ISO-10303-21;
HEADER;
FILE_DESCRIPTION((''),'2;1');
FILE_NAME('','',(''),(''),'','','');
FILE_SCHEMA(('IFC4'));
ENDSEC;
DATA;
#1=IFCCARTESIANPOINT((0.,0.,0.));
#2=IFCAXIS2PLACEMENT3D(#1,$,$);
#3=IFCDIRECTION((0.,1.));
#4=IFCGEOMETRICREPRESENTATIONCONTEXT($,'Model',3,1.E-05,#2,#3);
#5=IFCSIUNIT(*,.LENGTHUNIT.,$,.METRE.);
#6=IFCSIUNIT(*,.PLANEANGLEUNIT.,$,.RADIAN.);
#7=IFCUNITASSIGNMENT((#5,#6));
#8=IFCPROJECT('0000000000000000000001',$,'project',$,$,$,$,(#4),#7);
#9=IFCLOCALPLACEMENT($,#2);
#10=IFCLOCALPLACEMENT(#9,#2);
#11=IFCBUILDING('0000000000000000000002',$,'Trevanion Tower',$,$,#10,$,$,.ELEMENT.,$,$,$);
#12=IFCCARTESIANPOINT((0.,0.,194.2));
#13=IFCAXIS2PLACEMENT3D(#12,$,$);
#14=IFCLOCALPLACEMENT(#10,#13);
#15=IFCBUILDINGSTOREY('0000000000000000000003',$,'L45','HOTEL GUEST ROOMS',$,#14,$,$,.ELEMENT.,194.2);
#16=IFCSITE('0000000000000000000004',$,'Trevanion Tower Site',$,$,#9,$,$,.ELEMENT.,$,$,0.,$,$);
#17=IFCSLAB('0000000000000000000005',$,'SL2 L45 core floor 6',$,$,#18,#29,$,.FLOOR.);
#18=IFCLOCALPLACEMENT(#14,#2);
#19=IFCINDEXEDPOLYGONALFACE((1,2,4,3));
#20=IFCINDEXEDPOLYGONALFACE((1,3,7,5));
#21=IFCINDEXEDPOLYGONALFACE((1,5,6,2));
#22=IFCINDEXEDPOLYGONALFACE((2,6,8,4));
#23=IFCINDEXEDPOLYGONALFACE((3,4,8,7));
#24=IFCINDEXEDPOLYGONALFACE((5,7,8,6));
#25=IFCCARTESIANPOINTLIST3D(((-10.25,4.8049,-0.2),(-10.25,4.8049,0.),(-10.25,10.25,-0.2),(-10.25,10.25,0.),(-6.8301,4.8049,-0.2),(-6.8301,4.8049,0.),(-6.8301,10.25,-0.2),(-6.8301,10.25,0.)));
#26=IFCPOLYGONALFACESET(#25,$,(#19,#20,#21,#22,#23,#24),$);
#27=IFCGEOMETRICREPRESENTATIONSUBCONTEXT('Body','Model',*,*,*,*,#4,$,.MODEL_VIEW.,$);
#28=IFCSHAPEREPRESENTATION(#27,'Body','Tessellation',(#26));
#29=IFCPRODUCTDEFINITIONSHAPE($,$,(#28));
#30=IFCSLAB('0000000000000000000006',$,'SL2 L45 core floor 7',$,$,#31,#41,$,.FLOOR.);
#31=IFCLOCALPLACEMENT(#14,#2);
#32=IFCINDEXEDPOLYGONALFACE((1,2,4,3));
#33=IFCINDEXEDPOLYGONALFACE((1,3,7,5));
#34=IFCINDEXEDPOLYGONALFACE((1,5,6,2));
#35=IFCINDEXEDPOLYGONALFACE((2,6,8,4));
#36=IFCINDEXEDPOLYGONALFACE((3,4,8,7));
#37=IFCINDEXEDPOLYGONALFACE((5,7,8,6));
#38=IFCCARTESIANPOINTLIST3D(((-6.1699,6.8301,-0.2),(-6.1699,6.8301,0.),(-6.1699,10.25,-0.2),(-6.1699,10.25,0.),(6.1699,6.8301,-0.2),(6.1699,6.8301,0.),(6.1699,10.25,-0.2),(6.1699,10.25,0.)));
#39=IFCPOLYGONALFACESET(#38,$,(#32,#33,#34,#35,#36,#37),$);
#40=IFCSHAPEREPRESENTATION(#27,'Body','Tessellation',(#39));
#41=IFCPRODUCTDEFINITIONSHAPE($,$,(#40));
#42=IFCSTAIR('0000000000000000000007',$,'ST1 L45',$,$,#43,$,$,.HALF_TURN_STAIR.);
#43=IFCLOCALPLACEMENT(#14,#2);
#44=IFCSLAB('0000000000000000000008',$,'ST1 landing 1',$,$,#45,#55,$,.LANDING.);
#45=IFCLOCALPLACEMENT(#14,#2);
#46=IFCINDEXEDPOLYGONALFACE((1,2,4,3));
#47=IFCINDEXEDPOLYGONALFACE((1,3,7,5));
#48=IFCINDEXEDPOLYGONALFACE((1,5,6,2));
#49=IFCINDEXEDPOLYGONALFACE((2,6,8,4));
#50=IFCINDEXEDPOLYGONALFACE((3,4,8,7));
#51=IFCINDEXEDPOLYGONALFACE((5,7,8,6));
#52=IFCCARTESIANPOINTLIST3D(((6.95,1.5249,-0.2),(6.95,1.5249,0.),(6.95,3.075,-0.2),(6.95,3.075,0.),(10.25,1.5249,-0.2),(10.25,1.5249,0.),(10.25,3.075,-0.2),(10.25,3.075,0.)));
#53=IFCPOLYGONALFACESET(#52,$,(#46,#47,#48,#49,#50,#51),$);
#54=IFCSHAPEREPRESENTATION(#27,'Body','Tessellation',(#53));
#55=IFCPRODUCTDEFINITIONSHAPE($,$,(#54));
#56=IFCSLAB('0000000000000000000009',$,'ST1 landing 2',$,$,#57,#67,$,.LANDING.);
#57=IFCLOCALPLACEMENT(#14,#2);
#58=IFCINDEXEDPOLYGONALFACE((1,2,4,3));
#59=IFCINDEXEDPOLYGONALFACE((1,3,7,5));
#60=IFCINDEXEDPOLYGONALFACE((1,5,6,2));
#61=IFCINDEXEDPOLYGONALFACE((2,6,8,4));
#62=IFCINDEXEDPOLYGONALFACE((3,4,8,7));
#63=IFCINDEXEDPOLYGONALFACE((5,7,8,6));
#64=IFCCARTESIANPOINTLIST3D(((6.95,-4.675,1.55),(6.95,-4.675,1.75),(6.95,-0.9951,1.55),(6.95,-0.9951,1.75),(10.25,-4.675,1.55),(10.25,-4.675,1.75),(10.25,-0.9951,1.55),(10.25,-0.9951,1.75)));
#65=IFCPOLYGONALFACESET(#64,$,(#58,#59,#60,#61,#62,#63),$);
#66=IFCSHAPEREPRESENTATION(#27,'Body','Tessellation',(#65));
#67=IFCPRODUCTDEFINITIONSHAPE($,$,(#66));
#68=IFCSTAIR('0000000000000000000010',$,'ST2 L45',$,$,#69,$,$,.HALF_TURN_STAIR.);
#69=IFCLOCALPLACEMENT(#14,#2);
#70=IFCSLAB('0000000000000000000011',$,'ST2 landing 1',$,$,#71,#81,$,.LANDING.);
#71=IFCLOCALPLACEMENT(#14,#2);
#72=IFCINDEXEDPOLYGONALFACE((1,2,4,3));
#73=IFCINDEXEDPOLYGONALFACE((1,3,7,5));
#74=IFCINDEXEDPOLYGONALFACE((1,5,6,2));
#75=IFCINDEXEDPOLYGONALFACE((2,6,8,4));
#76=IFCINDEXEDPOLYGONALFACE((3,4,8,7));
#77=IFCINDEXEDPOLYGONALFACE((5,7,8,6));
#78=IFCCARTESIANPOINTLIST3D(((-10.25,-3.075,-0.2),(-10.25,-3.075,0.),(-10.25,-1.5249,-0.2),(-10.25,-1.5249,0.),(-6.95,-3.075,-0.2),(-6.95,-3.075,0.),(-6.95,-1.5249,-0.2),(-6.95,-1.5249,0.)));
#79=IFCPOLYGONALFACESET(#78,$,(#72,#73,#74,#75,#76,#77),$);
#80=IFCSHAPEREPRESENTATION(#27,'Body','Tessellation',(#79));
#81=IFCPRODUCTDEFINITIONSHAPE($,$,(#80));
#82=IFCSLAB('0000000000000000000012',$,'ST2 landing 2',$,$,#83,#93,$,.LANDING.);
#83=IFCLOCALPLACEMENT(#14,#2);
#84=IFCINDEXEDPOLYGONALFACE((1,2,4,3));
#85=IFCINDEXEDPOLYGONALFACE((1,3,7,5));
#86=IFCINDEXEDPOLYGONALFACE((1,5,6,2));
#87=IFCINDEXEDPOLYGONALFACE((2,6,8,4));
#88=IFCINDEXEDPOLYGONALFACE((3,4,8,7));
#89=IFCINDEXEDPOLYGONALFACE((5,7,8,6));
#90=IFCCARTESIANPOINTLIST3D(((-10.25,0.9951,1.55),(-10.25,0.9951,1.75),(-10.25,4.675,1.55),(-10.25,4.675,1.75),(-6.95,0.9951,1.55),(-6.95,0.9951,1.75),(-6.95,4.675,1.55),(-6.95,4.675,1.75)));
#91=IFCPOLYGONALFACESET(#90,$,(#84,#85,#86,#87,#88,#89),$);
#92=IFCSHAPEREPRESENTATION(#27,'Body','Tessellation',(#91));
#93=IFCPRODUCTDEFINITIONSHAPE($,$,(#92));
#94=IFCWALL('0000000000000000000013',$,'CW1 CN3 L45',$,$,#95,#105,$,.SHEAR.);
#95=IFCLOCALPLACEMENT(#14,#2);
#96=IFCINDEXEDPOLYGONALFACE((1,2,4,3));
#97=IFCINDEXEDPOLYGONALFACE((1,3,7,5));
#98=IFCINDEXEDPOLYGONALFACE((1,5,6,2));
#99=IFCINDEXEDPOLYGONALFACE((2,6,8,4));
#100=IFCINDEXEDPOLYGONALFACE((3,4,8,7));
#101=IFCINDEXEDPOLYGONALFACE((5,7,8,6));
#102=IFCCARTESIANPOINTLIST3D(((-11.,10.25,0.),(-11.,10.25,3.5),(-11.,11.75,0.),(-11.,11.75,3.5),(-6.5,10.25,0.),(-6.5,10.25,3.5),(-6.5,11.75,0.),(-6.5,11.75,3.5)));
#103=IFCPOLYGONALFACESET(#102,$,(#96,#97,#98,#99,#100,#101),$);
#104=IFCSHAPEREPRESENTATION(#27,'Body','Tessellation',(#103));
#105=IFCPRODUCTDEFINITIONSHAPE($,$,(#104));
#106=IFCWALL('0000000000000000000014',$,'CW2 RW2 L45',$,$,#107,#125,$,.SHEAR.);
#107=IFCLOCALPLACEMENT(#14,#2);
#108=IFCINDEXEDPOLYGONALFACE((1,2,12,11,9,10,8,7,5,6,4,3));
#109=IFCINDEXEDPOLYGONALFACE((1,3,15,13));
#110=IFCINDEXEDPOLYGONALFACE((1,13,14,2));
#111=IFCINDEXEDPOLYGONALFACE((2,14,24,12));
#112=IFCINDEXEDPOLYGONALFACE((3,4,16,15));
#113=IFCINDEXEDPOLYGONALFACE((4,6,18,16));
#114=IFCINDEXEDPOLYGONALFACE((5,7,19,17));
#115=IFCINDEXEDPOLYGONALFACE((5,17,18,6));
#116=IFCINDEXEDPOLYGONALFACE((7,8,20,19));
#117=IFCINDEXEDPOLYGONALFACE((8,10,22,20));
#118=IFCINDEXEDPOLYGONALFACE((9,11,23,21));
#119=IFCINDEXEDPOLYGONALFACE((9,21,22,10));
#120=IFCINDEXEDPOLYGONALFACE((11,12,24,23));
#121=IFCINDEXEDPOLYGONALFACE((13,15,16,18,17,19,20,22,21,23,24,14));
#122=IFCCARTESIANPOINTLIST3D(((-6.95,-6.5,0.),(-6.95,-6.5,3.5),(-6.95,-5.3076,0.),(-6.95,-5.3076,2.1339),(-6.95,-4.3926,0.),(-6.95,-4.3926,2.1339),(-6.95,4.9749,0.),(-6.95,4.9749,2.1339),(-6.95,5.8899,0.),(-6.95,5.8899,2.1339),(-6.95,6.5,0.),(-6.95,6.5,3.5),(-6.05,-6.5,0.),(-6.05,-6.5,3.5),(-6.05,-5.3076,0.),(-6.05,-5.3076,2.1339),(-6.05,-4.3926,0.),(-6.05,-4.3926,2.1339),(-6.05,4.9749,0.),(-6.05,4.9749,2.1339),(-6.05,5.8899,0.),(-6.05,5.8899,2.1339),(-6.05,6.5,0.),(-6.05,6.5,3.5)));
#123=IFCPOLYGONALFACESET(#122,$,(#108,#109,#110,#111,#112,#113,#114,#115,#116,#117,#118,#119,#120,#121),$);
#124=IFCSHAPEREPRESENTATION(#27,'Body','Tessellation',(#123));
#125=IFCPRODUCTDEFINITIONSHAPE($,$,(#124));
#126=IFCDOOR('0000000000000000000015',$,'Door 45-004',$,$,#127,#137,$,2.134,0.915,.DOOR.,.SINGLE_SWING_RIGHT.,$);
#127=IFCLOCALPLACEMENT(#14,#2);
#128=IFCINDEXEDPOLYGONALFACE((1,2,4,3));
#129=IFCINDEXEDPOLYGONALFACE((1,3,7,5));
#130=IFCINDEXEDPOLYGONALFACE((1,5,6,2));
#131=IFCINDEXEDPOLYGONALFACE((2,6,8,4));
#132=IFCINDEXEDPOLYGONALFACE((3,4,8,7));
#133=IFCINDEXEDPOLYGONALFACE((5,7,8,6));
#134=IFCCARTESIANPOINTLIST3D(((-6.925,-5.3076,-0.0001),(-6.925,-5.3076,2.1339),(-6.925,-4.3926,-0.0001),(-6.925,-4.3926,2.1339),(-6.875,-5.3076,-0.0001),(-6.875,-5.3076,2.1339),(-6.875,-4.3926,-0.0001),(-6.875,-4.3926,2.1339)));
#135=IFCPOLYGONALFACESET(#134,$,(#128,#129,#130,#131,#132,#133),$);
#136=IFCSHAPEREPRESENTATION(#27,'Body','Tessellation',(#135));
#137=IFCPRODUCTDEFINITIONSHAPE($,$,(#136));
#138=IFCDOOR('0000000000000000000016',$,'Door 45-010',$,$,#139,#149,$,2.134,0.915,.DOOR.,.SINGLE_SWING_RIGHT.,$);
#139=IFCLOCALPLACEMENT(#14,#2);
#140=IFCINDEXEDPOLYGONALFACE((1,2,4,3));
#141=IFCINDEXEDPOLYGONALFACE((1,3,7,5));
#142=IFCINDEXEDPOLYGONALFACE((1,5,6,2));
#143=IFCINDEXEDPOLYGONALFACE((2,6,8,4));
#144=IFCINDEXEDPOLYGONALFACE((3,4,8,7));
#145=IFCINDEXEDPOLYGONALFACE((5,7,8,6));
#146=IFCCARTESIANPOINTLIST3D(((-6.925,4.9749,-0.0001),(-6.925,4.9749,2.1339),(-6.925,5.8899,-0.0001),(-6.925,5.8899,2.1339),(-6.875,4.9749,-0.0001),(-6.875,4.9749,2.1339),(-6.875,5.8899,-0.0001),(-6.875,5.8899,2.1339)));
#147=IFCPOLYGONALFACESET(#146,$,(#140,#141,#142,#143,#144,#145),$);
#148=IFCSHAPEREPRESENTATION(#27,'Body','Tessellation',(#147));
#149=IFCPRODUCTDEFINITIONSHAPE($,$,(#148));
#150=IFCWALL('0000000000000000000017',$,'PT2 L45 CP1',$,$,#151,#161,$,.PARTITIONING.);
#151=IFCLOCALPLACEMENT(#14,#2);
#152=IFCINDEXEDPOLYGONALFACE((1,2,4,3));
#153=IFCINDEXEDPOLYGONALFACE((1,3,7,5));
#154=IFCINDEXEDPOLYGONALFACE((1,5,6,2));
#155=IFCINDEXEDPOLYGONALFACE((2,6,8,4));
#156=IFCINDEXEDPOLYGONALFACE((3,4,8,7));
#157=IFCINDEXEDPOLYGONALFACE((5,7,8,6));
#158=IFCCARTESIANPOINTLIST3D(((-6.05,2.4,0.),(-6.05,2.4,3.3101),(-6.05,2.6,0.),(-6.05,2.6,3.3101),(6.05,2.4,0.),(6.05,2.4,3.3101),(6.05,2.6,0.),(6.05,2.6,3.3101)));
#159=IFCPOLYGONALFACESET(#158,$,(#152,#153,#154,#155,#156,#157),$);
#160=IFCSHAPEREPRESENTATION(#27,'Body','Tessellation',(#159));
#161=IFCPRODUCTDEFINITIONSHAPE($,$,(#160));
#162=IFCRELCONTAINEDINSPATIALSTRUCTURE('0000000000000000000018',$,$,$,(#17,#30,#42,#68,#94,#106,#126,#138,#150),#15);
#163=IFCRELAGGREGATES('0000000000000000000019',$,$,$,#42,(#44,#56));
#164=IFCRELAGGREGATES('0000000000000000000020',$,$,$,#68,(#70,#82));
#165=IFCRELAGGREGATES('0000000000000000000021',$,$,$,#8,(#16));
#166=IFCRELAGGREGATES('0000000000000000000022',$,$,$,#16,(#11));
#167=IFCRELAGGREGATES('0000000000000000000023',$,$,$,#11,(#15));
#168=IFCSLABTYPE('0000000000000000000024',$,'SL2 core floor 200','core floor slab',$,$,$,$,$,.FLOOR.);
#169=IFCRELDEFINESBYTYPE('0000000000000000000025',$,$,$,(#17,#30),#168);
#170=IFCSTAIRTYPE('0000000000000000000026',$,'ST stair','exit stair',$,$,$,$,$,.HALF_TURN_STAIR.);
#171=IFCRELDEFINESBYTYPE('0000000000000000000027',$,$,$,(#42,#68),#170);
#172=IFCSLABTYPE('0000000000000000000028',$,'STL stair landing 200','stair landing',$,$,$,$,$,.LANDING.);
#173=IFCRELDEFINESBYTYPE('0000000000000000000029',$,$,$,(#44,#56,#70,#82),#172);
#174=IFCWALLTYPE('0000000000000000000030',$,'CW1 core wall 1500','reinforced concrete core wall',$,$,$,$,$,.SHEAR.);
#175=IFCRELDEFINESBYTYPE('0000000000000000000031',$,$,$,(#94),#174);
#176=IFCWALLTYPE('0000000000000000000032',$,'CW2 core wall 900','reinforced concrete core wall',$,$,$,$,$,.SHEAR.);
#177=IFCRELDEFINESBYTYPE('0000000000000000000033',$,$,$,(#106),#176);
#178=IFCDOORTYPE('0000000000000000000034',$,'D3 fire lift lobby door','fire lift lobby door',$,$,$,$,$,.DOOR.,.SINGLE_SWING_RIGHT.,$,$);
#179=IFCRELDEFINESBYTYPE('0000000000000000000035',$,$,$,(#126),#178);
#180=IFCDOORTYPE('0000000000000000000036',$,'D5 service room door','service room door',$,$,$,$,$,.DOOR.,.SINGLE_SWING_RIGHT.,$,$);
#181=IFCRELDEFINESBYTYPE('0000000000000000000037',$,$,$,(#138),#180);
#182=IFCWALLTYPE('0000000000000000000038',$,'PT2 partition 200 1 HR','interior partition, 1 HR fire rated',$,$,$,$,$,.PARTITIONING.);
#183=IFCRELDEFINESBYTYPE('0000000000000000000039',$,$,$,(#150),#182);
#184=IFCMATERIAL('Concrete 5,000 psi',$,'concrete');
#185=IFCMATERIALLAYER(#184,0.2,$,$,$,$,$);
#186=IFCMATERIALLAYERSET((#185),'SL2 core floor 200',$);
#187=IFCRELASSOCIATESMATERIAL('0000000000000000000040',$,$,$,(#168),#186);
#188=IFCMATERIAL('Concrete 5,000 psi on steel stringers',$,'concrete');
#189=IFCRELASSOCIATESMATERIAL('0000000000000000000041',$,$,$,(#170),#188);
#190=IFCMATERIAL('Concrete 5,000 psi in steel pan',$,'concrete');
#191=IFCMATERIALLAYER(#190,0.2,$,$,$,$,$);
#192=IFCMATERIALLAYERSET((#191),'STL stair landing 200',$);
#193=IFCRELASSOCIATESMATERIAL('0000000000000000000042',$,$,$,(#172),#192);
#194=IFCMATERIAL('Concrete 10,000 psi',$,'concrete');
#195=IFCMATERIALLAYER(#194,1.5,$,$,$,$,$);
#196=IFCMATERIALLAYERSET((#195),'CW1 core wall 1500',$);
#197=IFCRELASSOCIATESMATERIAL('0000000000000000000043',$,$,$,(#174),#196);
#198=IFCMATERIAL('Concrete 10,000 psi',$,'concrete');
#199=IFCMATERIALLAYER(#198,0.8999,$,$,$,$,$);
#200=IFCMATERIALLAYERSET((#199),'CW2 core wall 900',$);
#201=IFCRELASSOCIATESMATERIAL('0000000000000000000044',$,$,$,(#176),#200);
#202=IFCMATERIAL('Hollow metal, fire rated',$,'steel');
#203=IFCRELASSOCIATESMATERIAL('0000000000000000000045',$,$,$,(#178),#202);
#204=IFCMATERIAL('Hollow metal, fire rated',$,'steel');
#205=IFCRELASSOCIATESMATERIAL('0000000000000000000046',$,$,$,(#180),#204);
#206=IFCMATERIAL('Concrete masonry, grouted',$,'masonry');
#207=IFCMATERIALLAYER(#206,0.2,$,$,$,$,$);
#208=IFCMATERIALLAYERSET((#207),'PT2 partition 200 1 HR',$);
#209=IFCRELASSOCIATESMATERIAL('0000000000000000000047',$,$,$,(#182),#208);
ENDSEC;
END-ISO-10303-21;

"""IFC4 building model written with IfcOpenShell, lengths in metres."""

from ifc_helpers import new_model, si_unit, direction, frame, frame_2d, origin, place, context, subcontext, project, spatial, polyline, rectangle, outline, extrude, material, layer, layer_set, type_object, element, fill, aggregate, save


model = new_model("IFC4")

# Units and contexts
model_context = context("Model", 3, precision=1e-05, world=origin(), true_north=direction((0.0, 1.0)))
body_context = subcontext(model_context, "Body", "Model", "MODEL_VIEW")
ifc_project = project(units=[si_unit("LENGTHUNIT", "METRE"), si_unit("PLANEANGLEUNIT", "RADIAN")], contexts=[model_context])

# Site, building, storey
site_placement = place(None, origin())
site = spatial("IfcSite", under=ifc_project, at=site_placement, Name="Trevanion Tower Site", CompositionType="ELEMENT", RefElevation=0.0)
building_placement = place(site_placement, origin())
building = spatial("IfcBuilding", under=site, at=building_placement, Name="Trevanion Tower", CompositionType="ELEMENT")
storey_placement = place(building_placement, frame((0.0, 0.0, 194.2)))
storey = spatial("IfcBuildingStorey", under=building, at=storey_placement, Name="L45", Description="HOTEL GUEST ROOMS", CompositionType="ELEMENT", Elevation=194.2)

# Slabs
ifc_material_1 = material(Name="Concrete 5,000 psi", Category="concrete")
ifc_layer_1 = layer(ifc_material_1, 0.2)
ifc_layer_set_1 = layer_set([ifc_layer_1], Name="SL2 core floor 200")
slab_type_1 = type_object("IfcSlabType", Name="SL2 core floor 200", Description="core floor slab", PredefinedType="FLOOR", material=ifc_layer_set_1)
slab_1_placement = place(storey_placement, frame((0.0, 0.0, -0.2)))
element("IfcSlab", 1, at=slab_1_placement, inside=storey, type_object=slab_type_1, Name="SL2 L45 core floor 6", PredefinedType="FLOOR", context=body_context, shape_type="SweptSolid", body=[
    extrude(outline(polyline([(-6.8301, 4.8049), (-10.25, 4.8049), (-10.25, 10.25), (-6.8301, 10.25), (-6.8301, 4.8049)])), origin(), (0.0, 0.0, 1.0), 0.2),
])
slab_2_placement = place(storey_placement, frame((0.0, 0.0, -0.2)))
element("IfcSlab", 2, at=slab_2_placement, inside=storey, type_object=slab_type_1, Name="SL2 L45 core floor 7", PredefinedType="FLOOR", context=body_context, shape_type="SweptSolid", body=[
    extrude(outline(polyline([(6.1699, 6.8301), (-6.1699, 6.8301), (-6.1699, 10.25), (6.1699, 10.25), (6.1699, 6.8301)])), origin(), (0.0, 0.0, 1.0), 0.2),
])

# Stairs, slabs
ifc_material_2 = material(Name="Concrete 5,000 psi on steel stringers", Category="concrete")
stair_type = type_object("IfcStairType", Name="ST stair", Description="exit stair", PredefinedType="HALF_TURN_STAIR", material=ifc_material_2)
stair_1_placement = place(storey_placement, origin())
stair_1 = element("IfcStair", 3, at=stair_1_placement, inside=storey, type_object=stair_type, Name="ST1 L45", PredefinedType="HALF_TURN_STAIR")
ifc_material_3 = material(Name="Concrete 5,000 psi in steel pan", Category="concrete")
ifc_layer_2 = layer(ifc_material_3, 0.2)
ifc_layer_set_2 = layer_set([ifc_layer_2], Name="STL stair landing 200")
slab_type_2 = type_object("IfcSlabType", Name="STL stair landing 200", Description="stair landing", PredefinedType="LANDING", material=ifc_layer_set_2)
slab_3_placement = place(storey_placement, frame((0.0, 0.0, -0.2)))
slab_3 = element("IfcSlab", 4, at=slab_3_placement, type_object=slab_type_2, Name="ST1 landing 1", PredefinedType="LANDING", context=body_context, shape_type="SweptSolid", body=[
    extrude(outline(polyline([(6.95, 1.5249), (10.25, 1.5249), (10.25, 3.075), (6.95, 3.075), (6.95, 1.5249)])), origin(), (0.0, 0.0, 1.0), 0.2),
])
slab_4_placement = place(storey_placement, frame((0.0, 0.0, 1.55)))
slab_4 = element("IfcSlab", 5, at=slab_4_placement, type_object=slab_type_2, Name="ST1 landing 2", PredefinedType="LANDING", context=body_context, shape_type="SweptSolid", body=[
    extrude(outline(polyline([(6.95, -4.675), (10.25, -4.675), (10.25, -0.9951), (6.95, -0.9951), (6.95, -4.675)])), origin(), (0.0, 0.0, 1.0), 0.2),
])
aggregate(stair_1, [slab_3, slab_4])
stair_2_placement = place(storey_placement, origin())
stair_2 = element("IfcStair", 6, at=stair_2_placement, inside=storey, type_object=stair_type, Name="ST2 L45", PredefinedType="HALF_TURN_STAIR")
slab_5_placement = place(storey_placement, frame((0.0, 0.0, -0.2)))
slab_5 = element("IfcSlab", 7, at=slab_5_placement, type_object=slab_type_2, Name="ST2 landing 1", PredefinedType="LANDING", context=body_context, shape_type="SweptSolid", body=[
    extrude(outline(polyline([(-6.95, -1.5249), (-10.25, -1.5249), (-10.25, -3.075), (-6.95, -3.075), (-6.95, -1.5249)])), origin(), (0.0, 0.0, 1.0), 0.2),
])
slab_6_placement = place(storey_placement, frame((0.0, 0.0, 1.55)))
slab_6 = element("IfcSlab", 8, at=slab_6_placement, type_object=slab_type_2, Name="ST2 landing 2", PredefinedType="LANDING", context=body_context, shape_type="SweptSolid", body=[
    extrude(outline(polyline([(-6.95, 4.675), (-10.25, 4.675), (-10.25, 0.9951), (-6.95, 0.9951), (-6.95, 4.675)])), origin(), (0.0, 0.0, 1.0), 0.2),
])

# Wall
ifc_material_4 = material(Name="Concrete 10,000 psi", Category="concrete")
ifc_layer_3 = layer(ifc_material_4, 1.5)
ifc_layer_set_3 = layer_set([ifc_layer_3], Name="CW1 core wall 1500")
wall_type_1 = type_object("IfcWallType", Name="CW1 core wall 1500", Description="reinforced concrete core wall", PredefinedType="SHEAR", material=ifc_layer_set_3)
wall_1_placement = place(storey_placement, frame((-6.5, 11.0, 0.0), z_axis=(0.0, 0.0, 1.0), x_axis=(-1.0, 0.0, 0.0)))
element("IfcWall", 9, at=wall_1_placement, inside=storey, type_object=wall_type_1, Name="CW1 CN3 L45", PredefinedType="SHEAR", context=body_context, shape_type="SweptSolid", body=[
    extrude(rectangle(XDim=4.5, YDim=1.5, at=frame_2d((2.25, 0.0))), origin(), (0.0, 0.0, 1.0), 3.5),
])

# Wall, openings, doors
ifc_material_5 = material(Name="Concrete 10,000 psi", Category="concrete")
ifc_layer_4 = layer(ifc_material_5, 0.8999)
ifc_layer_set_4 = layer_set([ifc_layer_4], Name="CW2 core wall 900")
wall_type_2 = type_object("IfcWallType", Name="CW2 core wall 900", Description="reinforced concrete core wall", PredefinedType="SHEAR", material=ifc_layer_set_4)
wall_2_placement = place(storey_placement, frame((-6.5, 6.5, 0.0), z_axis=(0.0, 0.0, 1.0), x_axis=(0.0, -1.0, 0.0)))
wall_2 = element("IfcWall", 10, at=wall_2_placement, inside=storey, type_object=wall_type_2, Name="CW2 RW2 L45", PredefinedType="SHEAR", context=body_context, shape_type="SweptSolid", body=[
    extrude(rectangle(XDim=13.0, YDim=0.8999, at=frame_2d((6.5, 0.0))), origin(), (0.0, 0.0, 1.0), 3.5),
])
opening_1_placement = place(wall_2_placement, frame((10.8926, 0.0, 0.0)))
opening_1 = element("IfcOpeningElement", 11, at=opening_1_placement, cuts=wall_2, PredefinedType="OPENING", context=body_context, shape_type="SweptSolid", body=[
    extrude(rectangle(XDim=0.915, YDim=2.134, at=frame_2d((0.4575, 1.0669))), frame((0.0, 0.46, 0.0), z_axis=(0.0, -1.0, 0.0), x_axis=(1.0, 0.0, 0.0)), (0.0, 0.0, 1.0), 0.9199),
])
opening_2_placement = place(wall_2_placement, frame((0.6101, 0.0, 0.0)))
opening_2 = element("IfcOpeningElement", 12, at=opening_2_placement, cuts=wall_2, PredefinedType="OPENING", context=body_context, shape_type="SweptSolid", body=[
    extrude(rectangle(XDim=0.915, YDim=2.134, at=frame_2d((0.4575, 1.0669))), frame((0.0, 0.46, 0.0), z_axis=(0.0, -1.0, 0.0), x_axis=(1.0, 0.0, 0.0)), (0.0, 0.0, 1.0), 0.9199),
])
ifc_material_6 = material(Name="Hollow metal, fire rated", Category="steel")
door_type_1 = type_object("IfcDoorType", Name="D3 fire lift lobby door", Description="fire lift lobby door", OperationType="SINGLE_SWING_RIGHT", PredefinedType="DOOR", material=ifc_material_6)
door_1_placement = place(opening_1_placement, origin())
door_1 = element("IfcDoor", 13, at=door_1_placement, inside=storey, type_object=door_type_1, Name="Door 45-004", OperationType="SINGLE_SWING_RIGHT", OverallHeight=2.134, OverallWidth=0.915, PredefinedType="DOOR", context=body_context, shape_type="SweptSolid", body=[
    extrude(rectangle(XDim=0.915, YDim=2.134, at=frame_2d((0.4575, 1.0669))), frame((0.0, -0.375, 0.0), z_axis=(0.0, -1.0, 0.0), x_axis=(1.0, 0.0, 0.0)), (0.0, 0.0, 1.0), 0.05),
])
fill(opening_1, door_1)
ifc_material_7 = material(Name="Hollow metal, fire rated", Category="steel")
door_type_2 = type_object("IfcDoorType", Name="D5 service room door", Description="service room door", OperationType="SINGLE_SWING_RIGHT", PredefinedType="DOOR", material=ifc_material_7)
door_2_placement = place(opening_2_placement, origin())
door_2 = element("IfcDoor", 14, at=door_2_placement, inside=storey, type_object=door_type_2, Name="Door 45-010", OperationType="SINGLE_SWING_RIGHT", OverallHeight=2.134, OverallWidth=0.915, PredefinedType="DOOR", context=body_context, shape_type="SweptSolid", body=[
    extrude(rectangle(XDim=0.915, YDim=2.134, at=frame_2d((0.4575, 1.0669))), frame((0.0, -0.375, 0.0), z_axis=(0.0, -1.0, 0.0), x_axis=(1.0, 0.0, 0.0)), (0.0, 0.0, 1.0), 0.05),
])
fill(opening_2, door_2)

# Wall
ifc_material_8 = material(Name="Concrete masonry, grouted", Category="masonry")
ifc_layer_5 = layer(ifc_material_8, 0.2)
ifc_layer_set_5 = layer_set([ifc_layer_5], Name="PT2 partition 200 1 HR")
wall_type_3 = type_object("IfcWallType", Name="PT2 partition 200 1 HR", Description="interior partition, 1 HR fire rated", PredefinedType="PARTITIONING", material=ifc_layer_set_5)
wall_3_placement = place(storey_placement, frame((-6.05, 2.5, 0.0), z_axis=(0.0, 0.0, 1.0), x_axis=(1.0, 0.0, 0.0)))
element("IfcWall", 15, at=wall_3_placement, inside=storey, type_object=wall_type_3, Name="PT2 L45 CP1", PredefinedType="PARTITIONING", context=body_context, shape_type="SweptSolid", body=[
    extrude(rectangle(XDim=12.1001, YDim=0.2, at=frame_2d((6.05, 0.0))), origin(), (0.0, 0.0, 1.0), 3.3101),
])

aggregate(stair_2, [slab_5, slab_6])

save(model, "model.ifc")
